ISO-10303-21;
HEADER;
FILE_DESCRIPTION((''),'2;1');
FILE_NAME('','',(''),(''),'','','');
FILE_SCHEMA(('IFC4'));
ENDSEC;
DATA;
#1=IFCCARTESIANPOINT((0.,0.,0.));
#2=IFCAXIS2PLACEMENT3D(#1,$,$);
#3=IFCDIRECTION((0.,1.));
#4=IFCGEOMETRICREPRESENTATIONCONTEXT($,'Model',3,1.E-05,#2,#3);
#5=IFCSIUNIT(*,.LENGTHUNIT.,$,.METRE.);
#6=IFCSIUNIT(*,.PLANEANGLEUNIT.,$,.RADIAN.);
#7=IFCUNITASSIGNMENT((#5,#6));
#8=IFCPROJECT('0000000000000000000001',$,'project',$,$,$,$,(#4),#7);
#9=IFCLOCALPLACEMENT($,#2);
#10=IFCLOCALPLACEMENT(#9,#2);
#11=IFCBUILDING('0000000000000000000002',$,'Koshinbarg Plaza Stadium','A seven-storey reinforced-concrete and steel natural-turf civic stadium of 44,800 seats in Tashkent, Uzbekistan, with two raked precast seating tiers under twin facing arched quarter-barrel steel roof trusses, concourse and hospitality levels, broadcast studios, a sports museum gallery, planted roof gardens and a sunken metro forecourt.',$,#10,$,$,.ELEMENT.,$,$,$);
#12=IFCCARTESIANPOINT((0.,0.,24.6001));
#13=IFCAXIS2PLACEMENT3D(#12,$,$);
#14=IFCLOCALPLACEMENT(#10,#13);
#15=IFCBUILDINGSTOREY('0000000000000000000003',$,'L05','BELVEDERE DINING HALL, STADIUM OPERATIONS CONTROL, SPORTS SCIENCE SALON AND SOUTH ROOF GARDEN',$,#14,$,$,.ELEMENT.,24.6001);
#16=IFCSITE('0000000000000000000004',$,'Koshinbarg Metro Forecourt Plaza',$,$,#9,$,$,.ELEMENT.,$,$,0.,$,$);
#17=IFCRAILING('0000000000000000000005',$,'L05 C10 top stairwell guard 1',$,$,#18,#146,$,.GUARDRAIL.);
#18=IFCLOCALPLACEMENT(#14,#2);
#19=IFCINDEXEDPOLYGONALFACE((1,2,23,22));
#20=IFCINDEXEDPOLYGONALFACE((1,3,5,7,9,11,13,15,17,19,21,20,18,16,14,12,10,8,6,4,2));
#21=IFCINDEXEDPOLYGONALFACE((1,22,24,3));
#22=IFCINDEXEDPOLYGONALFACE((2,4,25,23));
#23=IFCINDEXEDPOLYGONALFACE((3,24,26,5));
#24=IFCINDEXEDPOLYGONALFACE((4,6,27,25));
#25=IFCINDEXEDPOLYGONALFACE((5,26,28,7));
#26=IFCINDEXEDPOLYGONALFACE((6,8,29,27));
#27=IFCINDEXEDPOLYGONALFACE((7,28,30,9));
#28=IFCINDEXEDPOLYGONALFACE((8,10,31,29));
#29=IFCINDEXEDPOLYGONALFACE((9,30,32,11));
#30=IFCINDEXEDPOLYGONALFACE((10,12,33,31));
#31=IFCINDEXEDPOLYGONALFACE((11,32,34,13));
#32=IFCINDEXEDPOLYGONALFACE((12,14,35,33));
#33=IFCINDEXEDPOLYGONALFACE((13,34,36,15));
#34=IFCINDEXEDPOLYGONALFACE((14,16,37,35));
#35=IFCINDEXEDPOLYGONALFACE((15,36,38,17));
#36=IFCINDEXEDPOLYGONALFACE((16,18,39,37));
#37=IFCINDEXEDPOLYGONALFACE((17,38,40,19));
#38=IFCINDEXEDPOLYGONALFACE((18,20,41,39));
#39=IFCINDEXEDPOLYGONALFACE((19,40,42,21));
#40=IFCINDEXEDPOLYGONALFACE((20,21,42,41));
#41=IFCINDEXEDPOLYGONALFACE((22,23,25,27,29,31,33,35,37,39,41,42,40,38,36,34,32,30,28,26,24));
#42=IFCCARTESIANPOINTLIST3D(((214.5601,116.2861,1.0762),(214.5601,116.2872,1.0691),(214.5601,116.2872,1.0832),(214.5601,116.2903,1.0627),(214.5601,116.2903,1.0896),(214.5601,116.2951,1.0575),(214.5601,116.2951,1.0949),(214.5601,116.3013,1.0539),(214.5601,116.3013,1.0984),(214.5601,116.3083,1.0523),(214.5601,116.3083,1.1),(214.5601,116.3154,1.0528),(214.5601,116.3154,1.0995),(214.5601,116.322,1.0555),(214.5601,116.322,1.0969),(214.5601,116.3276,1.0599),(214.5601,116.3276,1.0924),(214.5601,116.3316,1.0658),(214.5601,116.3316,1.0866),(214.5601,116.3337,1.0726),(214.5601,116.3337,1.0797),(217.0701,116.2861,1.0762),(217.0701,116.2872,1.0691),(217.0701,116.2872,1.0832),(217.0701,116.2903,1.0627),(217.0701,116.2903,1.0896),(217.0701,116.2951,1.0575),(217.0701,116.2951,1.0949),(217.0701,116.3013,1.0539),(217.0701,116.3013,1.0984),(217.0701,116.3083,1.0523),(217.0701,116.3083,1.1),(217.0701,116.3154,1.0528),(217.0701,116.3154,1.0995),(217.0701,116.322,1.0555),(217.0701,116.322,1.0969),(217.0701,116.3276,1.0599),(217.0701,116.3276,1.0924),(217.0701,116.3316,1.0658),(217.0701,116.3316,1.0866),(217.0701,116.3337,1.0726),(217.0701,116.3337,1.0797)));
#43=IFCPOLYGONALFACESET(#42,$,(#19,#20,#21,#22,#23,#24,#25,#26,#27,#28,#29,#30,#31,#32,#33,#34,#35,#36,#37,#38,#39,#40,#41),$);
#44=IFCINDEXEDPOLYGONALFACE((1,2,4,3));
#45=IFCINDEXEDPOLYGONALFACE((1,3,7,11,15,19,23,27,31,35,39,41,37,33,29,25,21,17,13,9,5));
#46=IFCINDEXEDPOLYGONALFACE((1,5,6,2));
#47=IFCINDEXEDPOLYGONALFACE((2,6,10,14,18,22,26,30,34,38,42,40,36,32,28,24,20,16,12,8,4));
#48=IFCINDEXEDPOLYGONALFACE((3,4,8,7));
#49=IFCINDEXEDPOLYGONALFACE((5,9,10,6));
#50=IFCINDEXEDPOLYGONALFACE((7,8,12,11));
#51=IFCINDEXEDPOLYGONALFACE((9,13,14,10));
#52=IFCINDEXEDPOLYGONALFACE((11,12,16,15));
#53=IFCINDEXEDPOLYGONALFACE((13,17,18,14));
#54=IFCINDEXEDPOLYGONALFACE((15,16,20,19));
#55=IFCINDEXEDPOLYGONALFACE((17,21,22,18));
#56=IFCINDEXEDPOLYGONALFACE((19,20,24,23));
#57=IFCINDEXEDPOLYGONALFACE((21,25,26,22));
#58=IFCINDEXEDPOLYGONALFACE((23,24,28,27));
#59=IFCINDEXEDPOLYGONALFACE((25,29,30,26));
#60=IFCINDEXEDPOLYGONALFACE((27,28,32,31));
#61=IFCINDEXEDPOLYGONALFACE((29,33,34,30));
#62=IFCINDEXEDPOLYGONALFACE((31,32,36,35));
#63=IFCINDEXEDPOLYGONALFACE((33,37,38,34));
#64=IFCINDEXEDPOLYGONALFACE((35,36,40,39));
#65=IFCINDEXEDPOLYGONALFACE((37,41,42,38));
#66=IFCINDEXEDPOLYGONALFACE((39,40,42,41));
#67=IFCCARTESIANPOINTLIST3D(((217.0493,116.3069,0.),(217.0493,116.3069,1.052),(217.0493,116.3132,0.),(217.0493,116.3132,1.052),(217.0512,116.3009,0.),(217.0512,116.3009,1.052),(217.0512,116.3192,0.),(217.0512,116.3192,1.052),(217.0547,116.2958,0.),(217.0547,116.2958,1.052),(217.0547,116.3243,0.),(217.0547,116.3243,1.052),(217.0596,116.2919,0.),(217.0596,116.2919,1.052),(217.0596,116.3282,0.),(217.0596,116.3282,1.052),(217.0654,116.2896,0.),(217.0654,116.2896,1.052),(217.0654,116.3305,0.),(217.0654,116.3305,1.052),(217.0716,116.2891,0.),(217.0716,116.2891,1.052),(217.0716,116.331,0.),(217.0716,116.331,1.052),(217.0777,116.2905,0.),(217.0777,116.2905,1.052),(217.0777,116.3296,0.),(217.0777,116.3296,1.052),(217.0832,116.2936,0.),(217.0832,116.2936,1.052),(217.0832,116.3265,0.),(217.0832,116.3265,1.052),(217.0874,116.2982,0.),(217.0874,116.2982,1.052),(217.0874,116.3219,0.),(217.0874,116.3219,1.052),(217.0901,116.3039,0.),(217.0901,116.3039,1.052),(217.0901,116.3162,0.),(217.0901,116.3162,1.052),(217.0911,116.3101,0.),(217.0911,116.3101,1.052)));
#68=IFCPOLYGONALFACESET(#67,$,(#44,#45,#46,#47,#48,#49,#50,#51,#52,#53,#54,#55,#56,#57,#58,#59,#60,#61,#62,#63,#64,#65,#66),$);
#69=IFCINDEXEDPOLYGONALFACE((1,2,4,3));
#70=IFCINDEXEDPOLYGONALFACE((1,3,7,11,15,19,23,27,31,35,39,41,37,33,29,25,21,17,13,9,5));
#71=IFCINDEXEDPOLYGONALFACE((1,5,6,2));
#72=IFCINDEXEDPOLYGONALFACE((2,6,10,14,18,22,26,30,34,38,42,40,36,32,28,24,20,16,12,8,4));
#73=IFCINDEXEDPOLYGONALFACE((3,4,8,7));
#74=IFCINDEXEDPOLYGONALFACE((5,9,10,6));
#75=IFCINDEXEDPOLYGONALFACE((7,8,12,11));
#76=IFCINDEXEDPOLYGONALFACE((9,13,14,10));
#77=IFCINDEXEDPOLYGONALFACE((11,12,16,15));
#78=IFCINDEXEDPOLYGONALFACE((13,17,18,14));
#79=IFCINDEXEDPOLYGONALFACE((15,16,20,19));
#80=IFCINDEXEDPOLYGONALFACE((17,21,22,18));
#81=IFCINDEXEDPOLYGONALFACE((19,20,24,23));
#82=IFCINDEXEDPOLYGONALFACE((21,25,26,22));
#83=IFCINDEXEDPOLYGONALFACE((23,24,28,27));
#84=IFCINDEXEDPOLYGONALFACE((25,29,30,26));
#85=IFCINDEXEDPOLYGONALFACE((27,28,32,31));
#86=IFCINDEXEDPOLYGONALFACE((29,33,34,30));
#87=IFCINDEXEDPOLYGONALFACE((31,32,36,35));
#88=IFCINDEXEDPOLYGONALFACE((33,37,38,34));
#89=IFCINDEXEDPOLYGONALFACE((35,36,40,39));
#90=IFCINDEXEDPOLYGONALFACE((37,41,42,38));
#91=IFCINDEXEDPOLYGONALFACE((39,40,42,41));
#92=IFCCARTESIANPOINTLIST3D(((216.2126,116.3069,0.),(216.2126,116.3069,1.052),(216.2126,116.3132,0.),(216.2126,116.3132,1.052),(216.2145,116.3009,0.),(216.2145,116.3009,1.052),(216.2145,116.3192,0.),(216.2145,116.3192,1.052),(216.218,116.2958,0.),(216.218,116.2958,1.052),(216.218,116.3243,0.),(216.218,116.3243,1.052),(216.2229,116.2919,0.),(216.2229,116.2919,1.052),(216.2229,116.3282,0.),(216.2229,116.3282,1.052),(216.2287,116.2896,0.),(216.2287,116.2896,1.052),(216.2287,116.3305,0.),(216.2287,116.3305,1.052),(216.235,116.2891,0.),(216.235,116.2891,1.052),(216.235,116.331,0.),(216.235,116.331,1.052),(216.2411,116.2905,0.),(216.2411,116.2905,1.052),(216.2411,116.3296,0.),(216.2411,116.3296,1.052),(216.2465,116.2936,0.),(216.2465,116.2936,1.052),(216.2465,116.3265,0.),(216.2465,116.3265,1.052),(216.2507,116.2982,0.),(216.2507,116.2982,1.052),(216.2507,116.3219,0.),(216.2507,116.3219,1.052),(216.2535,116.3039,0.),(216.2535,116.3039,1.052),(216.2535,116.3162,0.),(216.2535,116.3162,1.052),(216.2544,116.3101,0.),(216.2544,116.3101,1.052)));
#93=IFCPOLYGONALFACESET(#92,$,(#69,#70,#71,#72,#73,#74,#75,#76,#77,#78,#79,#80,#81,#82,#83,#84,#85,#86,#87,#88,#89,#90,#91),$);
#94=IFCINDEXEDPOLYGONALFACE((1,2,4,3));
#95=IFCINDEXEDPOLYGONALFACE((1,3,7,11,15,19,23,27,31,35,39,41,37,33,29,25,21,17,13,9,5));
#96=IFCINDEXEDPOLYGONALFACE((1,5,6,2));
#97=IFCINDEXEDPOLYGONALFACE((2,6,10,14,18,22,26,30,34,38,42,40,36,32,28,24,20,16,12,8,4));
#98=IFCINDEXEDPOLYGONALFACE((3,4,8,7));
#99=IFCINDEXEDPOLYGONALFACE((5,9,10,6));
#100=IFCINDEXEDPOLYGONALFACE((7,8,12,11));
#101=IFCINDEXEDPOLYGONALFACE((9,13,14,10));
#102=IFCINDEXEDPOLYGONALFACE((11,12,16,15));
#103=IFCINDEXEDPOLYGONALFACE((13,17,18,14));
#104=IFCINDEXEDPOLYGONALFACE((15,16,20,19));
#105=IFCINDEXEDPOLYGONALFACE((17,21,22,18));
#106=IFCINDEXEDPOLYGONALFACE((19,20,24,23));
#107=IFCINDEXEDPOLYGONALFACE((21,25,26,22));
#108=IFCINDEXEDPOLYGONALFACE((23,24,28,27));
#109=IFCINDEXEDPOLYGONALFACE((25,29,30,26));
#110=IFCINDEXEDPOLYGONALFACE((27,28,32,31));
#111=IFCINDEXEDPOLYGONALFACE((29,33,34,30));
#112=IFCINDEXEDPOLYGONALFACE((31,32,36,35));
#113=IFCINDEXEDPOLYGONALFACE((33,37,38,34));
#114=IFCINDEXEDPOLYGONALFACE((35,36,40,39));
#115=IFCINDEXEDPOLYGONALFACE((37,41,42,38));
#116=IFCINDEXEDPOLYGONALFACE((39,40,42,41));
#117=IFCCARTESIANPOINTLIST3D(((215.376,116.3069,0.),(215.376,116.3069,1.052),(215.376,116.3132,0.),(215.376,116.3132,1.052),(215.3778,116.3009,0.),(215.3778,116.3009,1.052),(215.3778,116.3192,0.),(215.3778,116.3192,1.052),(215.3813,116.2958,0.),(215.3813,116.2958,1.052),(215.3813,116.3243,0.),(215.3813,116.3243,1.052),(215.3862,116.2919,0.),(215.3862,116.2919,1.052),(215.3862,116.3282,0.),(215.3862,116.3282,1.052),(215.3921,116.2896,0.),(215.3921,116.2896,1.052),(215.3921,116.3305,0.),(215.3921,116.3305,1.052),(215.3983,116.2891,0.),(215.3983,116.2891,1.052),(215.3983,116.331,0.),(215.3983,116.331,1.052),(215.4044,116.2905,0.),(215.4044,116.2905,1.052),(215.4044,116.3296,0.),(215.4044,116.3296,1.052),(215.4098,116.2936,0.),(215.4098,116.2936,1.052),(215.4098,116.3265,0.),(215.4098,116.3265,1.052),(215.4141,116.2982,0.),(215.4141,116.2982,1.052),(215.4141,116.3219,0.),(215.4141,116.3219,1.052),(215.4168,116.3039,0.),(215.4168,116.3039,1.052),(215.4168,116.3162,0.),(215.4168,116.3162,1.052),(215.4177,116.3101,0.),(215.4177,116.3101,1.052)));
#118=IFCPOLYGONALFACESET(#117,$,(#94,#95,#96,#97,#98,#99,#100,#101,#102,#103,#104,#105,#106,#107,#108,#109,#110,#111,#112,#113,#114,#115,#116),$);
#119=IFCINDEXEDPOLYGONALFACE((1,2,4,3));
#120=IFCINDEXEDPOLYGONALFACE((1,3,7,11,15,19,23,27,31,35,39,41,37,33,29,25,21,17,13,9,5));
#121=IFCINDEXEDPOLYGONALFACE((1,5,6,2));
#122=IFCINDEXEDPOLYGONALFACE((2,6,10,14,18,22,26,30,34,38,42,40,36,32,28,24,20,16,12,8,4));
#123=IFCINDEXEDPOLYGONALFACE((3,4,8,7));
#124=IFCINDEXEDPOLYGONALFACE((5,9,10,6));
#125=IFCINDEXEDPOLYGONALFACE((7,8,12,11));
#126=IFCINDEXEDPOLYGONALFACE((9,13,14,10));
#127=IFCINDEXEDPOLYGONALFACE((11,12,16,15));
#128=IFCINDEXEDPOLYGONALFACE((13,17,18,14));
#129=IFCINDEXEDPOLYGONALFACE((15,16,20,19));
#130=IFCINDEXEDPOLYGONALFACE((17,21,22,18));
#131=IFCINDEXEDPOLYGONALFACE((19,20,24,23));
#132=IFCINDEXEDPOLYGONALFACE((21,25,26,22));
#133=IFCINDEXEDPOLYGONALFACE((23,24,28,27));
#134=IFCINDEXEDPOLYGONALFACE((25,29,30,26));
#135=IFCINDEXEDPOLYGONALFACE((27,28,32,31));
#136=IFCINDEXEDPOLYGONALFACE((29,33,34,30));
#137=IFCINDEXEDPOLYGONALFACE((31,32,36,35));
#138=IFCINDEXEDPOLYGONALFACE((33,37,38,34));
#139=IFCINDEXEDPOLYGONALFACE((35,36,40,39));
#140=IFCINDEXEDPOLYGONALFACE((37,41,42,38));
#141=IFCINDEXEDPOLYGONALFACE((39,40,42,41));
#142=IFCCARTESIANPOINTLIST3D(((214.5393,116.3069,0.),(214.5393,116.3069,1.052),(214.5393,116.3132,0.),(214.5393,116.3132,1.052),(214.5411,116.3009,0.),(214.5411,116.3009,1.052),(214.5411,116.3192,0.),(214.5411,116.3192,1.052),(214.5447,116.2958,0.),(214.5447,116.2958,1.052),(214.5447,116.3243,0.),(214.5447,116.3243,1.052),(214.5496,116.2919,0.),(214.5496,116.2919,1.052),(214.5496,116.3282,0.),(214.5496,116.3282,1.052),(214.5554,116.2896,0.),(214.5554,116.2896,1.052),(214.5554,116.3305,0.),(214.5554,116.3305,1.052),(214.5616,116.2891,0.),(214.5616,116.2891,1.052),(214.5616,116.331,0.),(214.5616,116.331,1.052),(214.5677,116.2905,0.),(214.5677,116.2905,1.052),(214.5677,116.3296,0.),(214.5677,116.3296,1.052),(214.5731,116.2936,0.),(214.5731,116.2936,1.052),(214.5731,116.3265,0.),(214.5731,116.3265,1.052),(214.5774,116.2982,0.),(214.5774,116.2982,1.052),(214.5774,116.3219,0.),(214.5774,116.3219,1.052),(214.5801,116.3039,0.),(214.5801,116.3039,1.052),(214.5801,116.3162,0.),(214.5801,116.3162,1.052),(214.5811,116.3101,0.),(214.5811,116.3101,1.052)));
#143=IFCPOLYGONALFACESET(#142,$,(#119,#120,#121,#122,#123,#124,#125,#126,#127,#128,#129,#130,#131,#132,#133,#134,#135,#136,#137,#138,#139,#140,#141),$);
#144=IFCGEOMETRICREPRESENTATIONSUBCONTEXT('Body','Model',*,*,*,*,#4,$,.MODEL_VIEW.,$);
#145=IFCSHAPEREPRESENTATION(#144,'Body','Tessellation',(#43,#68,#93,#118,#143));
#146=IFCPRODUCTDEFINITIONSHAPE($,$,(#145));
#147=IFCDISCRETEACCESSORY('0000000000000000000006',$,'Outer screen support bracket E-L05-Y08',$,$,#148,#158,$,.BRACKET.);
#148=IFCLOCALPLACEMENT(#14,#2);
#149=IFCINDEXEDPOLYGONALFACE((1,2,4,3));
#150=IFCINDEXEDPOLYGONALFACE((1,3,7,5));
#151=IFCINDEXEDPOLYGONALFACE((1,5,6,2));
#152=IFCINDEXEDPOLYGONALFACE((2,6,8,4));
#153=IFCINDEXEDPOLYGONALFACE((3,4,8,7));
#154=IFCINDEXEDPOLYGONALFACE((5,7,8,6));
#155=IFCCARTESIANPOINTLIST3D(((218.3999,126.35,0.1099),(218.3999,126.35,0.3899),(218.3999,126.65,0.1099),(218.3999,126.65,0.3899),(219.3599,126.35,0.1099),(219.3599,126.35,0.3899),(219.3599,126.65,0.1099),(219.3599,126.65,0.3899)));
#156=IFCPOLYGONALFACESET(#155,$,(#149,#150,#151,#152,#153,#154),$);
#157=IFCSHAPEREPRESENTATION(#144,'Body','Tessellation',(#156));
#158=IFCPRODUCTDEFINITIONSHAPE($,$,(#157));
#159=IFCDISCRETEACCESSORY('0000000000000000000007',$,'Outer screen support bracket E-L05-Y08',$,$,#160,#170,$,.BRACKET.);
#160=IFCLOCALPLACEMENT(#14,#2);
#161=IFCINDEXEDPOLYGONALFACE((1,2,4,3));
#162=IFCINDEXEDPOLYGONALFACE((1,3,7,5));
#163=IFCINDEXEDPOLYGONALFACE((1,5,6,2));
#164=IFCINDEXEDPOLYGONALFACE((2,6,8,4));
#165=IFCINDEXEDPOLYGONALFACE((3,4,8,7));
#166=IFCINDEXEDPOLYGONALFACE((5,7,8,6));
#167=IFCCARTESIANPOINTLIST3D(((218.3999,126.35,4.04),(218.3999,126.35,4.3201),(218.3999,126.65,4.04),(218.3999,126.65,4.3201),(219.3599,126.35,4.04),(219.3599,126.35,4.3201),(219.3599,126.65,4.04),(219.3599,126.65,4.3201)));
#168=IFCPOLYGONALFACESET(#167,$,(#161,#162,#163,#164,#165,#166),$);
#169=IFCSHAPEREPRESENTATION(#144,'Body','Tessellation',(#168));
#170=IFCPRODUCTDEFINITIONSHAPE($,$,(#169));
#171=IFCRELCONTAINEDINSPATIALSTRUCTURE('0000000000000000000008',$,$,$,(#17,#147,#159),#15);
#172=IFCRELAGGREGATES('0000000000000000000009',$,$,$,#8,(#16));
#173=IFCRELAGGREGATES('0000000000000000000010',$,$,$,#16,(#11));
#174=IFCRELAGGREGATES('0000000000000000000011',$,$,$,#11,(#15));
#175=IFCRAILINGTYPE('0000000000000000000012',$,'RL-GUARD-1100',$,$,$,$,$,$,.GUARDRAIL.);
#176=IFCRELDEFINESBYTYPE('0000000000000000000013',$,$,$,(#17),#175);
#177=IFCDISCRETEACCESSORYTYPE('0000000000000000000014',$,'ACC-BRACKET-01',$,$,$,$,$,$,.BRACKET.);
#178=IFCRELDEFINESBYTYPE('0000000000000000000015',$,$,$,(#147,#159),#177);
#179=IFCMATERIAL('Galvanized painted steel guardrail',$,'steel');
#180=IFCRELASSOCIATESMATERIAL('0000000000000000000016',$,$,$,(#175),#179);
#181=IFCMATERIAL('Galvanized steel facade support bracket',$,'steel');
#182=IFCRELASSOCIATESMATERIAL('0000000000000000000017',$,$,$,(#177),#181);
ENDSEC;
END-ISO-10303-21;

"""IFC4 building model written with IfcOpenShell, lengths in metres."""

from ifc_helpers import new_model, si_unit, direction, frame, origin, origin_2d, place, context, subcontext, project, spatial, rectangle, circle, extrude, material, type_object, element, save


model = new_model("IFC4")

# Units and contexts
model_context = context("Model", 3, precision=1e-05, world=origin(), true_north=direction((0.0, 1.0)))
body_context = subcontext(model_context, "Body", "Model", "MODEL_VIEW")
ifc_project = project(units=[si_unit("LENGTHUNIT", "METRE"), si_unit("PLANEANGLEUNIT", "RADIAN")], contexts=[model_context])

# Site, building, storey
site_placement = place(None, origin())
site = spatial("IfcSite", under=ifc_project, at=site_placement, Name="Koshinbarg Metro Forecourt Plaza", CompositionType="ELEMENT", RefElevation=0.0)
building_placement = place(site_placement, origin())
building = spatial("IfcBuilding", under=site, at=building_placement, Name="Koshinbarg Plaza Stadium", Description="A seven-storey reinforced-concrete and steel natural-turf civic stadium of 44,800 seats in Tashkent, Uzbekistan, with two raked precast seating tiers under twin facing arched quarter-barrel steel roof trusses, concourse and hospitality levels, broadcast studios, a sports museum gallery, planted roof gardens and a sunken metro forecourt.", CompositionType="ELEMENT")
storey_placement = place(building_placement, frame((0.0, 0.0, 24.6001)))
storey = spatial("IfcBuildingStorey", under=building, at=storey_placement, Name="L05", Description="BELVEDERE DINING HALL, STADIUM OPERATIONS CONTROL, SPORTS SCIENCE SALON AND SOUTH ROOF GARDEN", CompositionType="ELEMENT", Elevation=24.6001)

# Railing
ifc_material_1 = material(Name="Galvanized painted steel guardrail", Category="steel")
railing_type_1 = type_object("IfcRailingType", Name="RL-GUARD-1100", PredefinedType="GUARDRAIL", material=ifc_material_1)
railing_1_placement = place(storey_placement, frame((217.0701, 116.3101, 0.0)))
element("IfcRailing", 1, at=railing_1_placement, inside=storey, type_object=railing_type_1, Name="L05 C10 top stairwell guard 1", PredefinedType="GUARDRAIL", context=body_context, shape_type="SweptSolid", body=[
    extrude(circle(Radius=0.0239, at=origin_2d()), frame((0.0, 0.0, 1.0762), z_axis=(-1.0, 0.0, 0.0), x_axis=(0.0, -1.0, 0.0)), (0.0, 0.0, 1.0), 2.51),
    extrude(circle(Radius=0.021, at=origin_2d()), origin(), (0.0, 0.0, 1.0), 1.052),
    extrude(circle(Radius=0.021, at=origin_2d()), frame((-0.8367, 0.0, 0.0)), (0.0, 0.0, 1.0), 1.052),
    extrude(circle(Radius=0.021, at=origin_2d()), frame((-1.6733, 0.0, 0.0)), (0.0, 0.0, 1.0), 1.052),
    extrude(circle(Radius=0.021, at=origin_2d()), frame((-2.51, 0.0, 0.0)), (0.0, 0.0, 1.0), 1.052),
])

# Discrete accessories
ifc_material_2 = material(Name="Galvanized steel facade support bracket", Category="steel")
discrete_accessory_type = type_object("IfcDiscreteAccessoryType", Name="ACC-BRACKET-01", PredefinedType="BRACKET", material=ifc_material_2)
for number, where, z_axis, x_axis, name in (
    (2, (218.8799, 126.5, 0.1099), (0.0, 0.0, 1.0), (1.0, 0.0, 0.0), "Outer screen support bracket E-L05-Y08"),
    (3, (218.8799, 126.5, 4.04), (0.0, 0.0, 1.0), (1.0, 0.0, 0.0), "Outer screen support bracket E-L05-Y08"),
):
    element("IfcDiscreteAccessory", number, at=place(storey_placement, frame(where, z_axis=z_axis, x_axis=x_axis)), inside=storey, type_object=discrete_accessory_type, Name=name, PredefinedType="BRACKET", context=body_context, shape_type="SweptSolid", body=[
        extrude(rectangle(XDim=0.96, YDim=0.3, at=origin_2d()), origin(), (0.0, 0.0, 1.0), 0.28),
    ])

save(model, "model.ifc")
